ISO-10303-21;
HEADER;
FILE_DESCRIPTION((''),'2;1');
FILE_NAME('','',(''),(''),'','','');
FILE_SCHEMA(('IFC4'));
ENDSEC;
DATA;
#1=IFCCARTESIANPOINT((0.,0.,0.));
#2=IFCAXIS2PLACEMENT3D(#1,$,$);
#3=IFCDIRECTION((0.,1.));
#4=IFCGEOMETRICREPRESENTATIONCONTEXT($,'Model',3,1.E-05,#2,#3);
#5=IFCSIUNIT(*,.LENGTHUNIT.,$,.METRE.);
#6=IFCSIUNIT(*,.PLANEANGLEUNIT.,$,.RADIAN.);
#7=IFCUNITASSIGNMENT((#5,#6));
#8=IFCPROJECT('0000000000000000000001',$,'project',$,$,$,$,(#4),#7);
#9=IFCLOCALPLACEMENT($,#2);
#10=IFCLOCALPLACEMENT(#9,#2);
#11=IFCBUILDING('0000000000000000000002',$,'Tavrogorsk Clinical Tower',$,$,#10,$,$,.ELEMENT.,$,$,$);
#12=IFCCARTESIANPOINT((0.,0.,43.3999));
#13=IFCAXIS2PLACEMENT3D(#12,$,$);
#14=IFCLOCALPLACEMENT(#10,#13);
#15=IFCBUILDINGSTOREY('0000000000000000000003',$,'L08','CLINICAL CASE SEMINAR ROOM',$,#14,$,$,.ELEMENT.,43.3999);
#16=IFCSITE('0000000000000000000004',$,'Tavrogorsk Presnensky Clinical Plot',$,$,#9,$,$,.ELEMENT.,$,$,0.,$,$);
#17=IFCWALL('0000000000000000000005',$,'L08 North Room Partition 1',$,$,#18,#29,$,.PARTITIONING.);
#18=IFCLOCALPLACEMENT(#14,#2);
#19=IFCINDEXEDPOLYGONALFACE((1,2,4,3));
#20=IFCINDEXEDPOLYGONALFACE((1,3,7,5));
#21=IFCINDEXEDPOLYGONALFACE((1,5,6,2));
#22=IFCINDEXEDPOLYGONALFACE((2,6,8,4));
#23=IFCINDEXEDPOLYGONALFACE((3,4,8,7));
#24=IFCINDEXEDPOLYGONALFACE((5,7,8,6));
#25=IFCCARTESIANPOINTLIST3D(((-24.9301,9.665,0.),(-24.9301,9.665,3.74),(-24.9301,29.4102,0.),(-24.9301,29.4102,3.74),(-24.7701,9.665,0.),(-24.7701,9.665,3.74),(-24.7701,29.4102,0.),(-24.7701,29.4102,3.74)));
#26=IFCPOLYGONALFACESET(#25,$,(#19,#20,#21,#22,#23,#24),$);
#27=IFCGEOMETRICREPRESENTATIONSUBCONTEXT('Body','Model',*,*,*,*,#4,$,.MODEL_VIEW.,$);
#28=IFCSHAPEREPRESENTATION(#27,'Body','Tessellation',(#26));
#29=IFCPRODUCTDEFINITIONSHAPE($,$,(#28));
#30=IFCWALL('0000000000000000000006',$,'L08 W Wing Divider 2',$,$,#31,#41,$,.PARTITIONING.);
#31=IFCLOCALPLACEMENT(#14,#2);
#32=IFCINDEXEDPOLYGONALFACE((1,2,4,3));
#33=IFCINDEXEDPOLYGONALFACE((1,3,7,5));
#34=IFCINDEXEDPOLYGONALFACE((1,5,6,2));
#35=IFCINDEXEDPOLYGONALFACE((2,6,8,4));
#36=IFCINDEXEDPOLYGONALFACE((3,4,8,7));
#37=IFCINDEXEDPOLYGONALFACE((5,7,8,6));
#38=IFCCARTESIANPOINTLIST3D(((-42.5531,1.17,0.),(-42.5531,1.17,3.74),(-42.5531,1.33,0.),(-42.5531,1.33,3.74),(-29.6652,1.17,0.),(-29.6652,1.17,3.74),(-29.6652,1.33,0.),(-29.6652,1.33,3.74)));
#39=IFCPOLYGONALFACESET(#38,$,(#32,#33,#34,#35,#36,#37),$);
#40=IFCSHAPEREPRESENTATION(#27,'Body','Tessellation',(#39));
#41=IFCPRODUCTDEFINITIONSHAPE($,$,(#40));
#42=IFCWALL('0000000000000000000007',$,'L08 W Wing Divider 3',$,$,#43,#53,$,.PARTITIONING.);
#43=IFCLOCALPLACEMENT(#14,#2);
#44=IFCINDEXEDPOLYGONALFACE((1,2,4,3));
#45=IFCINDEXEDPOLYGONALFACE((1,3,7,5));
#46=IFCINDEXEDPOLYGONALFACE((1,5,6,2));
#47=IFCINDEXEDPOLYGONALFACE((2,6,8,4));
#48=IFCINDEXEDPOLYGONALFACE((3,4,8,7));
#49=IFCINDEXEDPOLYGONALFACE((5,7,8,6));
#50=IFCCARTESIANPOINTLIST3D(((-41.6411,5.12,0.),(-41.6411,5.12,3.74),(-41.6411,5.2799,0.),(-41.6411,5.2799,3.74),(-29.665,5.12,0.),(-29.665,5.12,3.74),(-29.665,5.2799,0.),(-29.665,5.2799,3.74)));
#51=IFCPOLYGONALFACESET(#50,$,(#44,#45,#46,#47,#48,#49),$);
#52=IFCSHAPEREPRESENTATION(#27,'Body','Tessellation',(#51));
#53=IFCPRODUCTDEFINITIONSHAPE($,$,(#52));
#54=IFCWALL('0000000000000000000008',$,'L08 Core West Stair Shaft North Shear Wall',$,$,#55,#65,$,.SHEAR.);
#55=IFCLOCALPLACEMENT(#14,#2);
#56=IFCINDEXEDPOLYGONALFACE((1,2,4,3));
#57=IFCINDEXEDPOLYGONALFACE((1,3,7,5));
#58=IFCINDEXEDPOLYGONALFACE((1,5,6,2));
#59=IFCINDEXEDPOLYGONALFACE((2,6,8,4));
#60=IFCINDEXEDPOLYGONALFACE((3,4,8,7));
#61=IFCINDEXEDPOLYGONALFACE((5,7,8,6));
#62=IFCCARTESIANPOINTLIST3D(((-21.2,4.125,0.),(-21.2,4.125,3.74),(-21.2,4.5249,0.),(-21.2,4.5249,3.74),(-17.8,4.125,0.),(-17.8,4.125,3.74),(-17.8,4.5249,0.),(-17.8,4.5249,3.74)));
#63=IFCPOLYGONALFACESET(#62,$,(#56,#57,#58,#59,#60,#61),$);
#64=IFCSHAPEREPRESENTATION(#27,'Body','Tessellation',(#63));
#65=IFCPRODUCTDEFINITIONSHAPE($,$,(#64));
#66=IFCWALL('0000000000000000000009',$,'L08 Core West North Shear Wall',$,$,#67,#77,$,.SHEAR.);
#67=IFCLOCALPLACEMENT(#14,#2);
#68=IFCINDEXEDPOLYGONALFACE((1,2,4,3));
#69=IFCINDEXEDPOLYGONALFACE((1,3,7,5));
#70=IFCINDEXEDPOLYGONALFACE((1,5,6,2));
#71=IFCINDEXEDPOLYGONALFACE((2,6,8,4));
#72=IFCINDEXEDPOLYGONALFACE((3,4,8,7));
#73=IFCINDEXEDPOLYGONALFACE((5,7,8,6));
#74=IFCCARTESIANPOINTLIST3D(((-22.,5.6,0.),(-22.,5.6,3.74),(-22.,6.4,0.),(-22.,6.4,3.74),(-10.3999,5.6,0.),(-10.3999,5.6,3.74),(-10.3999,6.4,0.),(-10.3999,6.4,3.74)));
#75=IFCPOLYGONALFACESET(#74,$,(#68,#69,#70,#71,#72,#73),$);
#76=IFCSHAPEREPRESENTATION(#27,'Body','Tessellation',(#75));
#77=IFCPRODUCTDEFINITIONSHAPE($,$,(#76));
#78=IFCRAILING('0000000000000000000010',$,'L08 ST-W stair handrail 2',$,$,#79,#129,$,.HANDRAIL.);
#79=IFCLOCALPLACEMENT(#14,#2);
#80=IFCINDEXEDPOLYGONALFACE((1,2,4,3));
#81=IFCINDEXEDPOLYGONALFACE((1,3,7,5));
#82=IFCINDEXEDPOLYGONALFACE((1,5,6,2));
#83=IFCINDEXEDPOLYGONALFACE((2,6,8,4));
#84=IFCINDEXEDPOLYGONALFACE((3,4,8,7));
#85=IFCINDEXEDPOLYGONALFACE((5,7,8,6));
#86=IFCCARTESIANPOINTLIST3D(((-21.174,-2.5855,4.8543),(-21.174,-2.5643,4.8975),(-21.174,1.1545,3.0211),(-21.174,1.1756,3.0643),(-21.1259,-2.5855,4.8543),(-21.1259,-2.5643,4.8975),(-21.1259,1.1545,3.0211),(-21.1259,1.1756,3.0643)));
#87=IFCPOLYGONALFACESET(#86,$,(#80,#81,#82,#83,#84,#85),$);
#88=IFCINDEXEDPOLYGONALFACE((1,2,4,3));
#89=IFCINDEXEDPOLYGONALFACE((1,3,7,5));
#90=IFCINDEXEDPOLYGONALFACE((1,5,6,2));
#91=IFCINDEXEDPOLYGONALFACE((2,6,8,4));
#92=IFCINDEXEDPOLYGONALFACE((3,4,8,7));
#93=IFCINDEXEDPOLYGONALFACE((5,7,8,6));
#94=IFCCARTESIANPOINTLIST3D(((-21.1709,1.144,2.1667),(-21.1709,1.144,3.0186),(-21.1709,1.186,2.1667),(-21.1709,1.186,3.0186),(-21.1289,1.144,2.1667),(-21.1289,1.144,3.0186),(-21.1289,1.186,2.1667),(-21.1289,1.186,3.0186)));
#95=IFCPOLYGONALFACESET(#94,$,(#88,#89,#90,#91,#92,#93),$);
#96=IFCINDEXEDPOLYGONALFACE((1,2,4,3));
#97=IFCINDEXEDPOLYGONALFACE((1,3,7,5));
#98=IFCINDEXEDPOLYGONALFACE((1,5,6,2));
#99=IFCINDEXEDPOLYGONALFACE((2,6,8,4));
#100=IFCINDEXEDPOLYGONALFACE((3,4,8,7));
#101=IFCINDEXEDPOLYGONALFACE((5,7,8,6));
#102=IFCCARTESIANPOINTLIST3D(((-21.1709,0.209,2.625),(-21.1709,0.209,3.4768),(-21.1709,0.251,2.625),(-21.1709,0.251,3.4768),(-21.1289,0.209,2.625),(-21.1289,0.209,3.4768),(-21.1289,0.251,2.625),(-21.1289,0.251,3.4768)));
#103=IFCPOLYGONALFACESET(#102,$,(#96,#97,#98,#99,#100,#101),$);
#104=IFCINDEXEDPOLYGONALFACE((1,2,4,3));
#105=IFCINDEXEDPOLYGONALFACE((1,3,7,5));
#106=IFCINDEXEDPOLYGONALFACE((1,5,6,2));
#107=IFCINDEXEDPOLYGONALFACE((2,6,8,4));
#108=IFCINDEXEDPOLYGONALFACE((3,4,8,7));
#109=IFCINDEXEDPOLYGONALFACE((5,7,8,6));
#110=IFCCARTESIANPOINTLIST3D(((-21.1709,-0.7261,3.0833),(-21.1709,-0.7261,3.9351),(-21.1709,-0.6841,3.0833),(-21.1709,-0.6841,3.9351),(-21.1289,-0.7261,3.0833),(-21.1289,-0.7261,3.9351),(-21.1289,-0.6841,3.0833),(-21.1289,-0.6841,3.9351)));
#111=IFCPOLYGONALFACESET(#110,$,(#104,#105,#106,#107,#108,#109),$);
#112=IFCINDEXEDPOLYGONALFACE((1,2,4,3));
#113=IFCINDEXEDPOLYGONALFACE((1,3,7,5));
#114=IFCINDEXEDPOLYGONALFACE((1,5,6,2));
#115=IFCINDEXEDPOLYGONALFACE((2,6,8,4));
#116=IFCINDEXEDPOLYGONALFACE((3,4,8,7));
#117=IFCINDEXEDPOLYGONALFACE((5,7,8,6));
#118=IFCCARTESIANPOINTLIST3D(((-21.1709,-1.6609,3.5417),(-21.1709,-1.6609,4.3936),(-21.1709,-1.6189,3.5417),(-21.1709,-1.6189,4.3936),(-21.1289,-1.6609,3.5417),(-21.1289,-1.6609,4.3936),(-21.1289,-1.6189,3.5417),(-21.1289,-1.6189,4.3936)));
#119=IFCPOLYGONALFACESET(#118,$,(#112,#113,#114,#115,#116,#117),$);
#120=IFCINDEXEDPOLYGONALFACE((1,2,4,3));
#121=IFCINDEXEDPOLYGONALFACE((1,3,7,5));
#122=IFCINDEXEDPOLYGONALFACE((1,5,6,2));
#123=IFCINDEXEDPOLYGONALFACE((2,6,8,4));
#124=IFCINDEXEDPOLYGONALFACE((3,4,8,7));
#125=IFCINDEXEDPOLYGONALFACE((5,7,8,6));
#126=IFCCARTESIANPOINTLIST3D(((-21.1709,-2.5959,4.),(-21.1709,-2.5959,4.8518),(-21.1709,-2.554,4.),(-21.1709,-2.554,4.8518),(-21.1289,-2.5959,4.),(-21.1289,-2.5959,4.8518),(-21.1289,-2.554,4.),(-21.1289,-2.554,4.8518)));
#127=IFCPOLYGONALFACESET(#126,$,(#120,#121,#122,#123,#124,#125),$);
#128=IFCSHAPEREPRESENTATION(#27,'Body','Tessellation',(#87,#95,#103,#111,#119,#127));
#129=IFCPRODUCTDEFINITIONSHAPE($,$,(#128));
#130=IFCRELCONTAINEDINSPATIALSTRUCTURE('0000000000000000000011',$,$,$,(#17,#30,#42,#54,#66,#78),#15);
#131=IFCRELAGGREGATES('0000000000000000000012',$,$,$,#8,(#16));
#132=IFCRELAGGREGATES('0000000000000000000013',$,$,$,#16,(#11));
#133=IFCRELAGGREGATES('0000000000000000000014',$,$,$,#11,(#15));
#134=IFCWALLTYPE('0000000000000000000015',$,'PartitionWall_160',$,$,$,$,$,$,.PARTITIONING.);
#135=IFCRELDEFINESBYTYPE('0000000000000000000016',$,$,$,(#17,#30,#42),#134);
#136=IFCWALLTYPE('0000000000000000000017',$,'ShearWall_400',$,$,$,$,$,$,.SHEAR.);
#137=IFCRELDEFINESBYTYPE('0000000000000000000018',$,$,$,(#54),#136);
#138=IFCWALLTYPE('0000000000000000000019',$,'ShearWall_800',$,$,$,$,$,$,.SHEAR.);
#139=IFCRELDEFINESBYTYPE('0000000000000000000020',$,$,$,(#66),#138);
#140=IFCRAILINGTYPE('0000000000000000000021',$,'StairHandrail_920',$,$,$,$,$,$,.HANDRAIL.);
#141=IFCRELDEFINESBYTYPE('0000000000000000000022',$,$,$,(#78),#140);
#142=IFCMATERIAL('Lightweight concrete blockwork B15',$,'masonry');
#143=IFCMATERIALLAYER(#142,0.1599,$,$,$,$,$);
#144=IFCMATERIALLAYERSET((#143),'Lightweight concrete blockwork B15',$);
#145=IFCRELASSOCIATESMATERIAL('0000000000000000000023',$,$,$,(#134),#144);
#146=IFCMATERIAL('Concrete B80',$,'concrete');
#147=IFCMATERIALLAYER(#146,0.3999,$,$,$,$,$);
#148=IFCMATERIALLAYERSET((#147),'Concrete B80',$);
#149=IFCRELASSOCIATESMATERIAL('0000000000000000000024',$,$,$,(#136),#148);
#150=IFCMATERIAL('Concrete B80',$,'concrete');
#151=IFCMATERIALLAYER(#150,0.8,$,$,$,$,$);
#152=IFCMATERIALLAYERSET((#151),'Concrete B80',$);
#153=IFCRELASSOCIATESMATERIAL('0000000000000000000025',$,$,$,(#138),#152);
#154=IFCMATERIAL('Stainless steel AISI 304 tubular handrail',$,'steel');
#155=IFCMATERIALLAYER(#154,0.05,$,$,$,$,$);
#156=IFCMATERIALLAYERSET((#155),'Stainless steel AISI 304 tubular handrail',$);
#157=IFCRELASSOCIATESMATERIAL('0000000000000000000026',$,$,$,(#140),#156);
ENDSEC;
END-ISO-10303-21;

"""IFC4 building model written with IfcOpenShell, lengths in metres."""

from ifc_helpers import new_model, si_unit, direction, frame, frame_2d, origin, origin_2d, place, context, subcontext, project, spatial, rectangle, extrude, material, layer, layer_set, type_object, element, save


model = new_model("IFC4")

# Units and contexts
model_context = context("Model", 3, precision=1e-05, world=origin(), true_north=direction((0.0, 1.0)))
body_context = subcontext(model_context, "Body", "Model", "MODEL_VIEW")
ifc_project = project(units=[si_unit("LENGTHUNIT", "METRE"), si_unit("PLANEANGLEUNIT", "RADIAN")], contexts=[model_context])

# Site, building, storey
site_placement = place(None, origin())
site = spatial("IfcSite", under=ifc_project, at=site_placement, Name="Tavrogorsk Presnensky Clinical Plot", CompositionType="ELEMENT", RefElevation=0.0)
building_placement = place(site_placement, origin())
building = spatial("IfcBuilding", under=site, at=building_placement, Name="Tavrogorsk Clinical Tower", CompositionType="ELEMENT")
storey_placement = place(building_placement, frame((0.0, 0.0, 43.3999)))
storey = spatial("IfcBuildingStorey", under=building, at=storey_placement, Name="L08", Description="CLINICAL CASE SEMINAR ROOM", CompositionType="ELEMENT", Elevation=43.3999)

# Shared definitions
ifc_material_1 = material(Name="Lightweight concrete blockwork B15", Category="masonry")
ifc_layer_1 = layer(ifc_material_1, 0.1599)
ifc_layer_set_1 = layer_set([ifc_layer_1], Name="Lightweight concrete blockwork B15")
wall_type_1 = type_object("IfcWallType", Name="PartitionWall_160", PredefinedType="PARTITIONING", material=ifc_layer_set_1)

# Walls
wall_1_placement = place(storey_placement, frame((-24.8501, 9.665, 0.0), z_axis=(0.0, 0.0, 1.0), x_axis=(0.0, 1.0, 0.0)))
element("IfcWall", 1, at=wall_1_placement, inside=storey, type_object=wall_type_1, Name="L08 North Room Partition 1", PredefinedType="PARTITIONING", context=body_context, shape_type="SweptSolid", body=[
    extrude(rectangle(XDim=19.7451, YDim=0.1599, at=frame_2d((9.8726, 0.0))), origin(), (0.0, 0.0, 1.0), 3.74),
])
wall_2_placement = place(storey_placement, frame((-42.553, 1.25, 0.0), z_axis=(0.0, 0.0, 1.0), x_axis=(1.0, 0.0, 0.0)))
element("IfcWall", 2, at=wall_2_placement, inside=storey, type_object=wall_type_1, Name="L08 W Wing Divider 2", PredefinedType="PARTITIONING", context=body_context, shape_type="SweptSolid", body=[
    extrude(rectangle(XDim=12.8879, YDim=0.1599, at=frame_2d((6.4438, 0.0))), origin(), (0.0, 0.0, 1.0), 3.74),
])
wall_3_placement = place(storey_placement, frame((-41.6411, 5.2, 0.0), z_axis=(0.0, 0.0, 1.0), x_axis=(1.0, 0.0, 0.0)))
element("IfcWall", 3, at=wall_3_placement, inside=storey, type_object=wall_type_1, Name="L08 W Wing Divider 3", PredefinedType="PARTITIONING", context=body_context, shape_type="SweptSolid", body=[
    extrude(rectangle(XDim=11.9761, YDim=0.1599, at=frame_2d((5.988, 0.0))), origin(), (0.0, 0.0, 1.0), 3.74),
])
ifc_material_2 = material(Name="Concrete B80", Category="concrete")
ifc_layer_2 = layer(ifc_material_2, 0.3999)
ifc_layer_set_2 = layer_set([ifc_layer_2], Name="Concrete B80")
wall_type_2 = type_object("IfcWallType", Name="ShearWall_400", PredefinedType="SHEAR", material=ifc_layer_set_2)
wall_4_placement = place(storey_placement, frame((-21.2, 4.325, 0.0), z_axis=(0.0, 0.0, 1.0), x_axis=(1.0, 0.0, 0.0)))
element("IfcWall", 4, at=wall_4_placement, inside=storey, type_object=wall_type_2, Name="L08 Core West Stair Shaft North Shear Wall", PredefinedType="SHEAR", context=body_context, shape_type="SweptSolid", body=[
    extrude(rectangle(XDim=3.3999, YDim=0.3999, at=frame_2d((1.7, 0.0))), origin(), (0.0, 0.0, 1.0), 3.74),
])
ifc_material_3 = material(Name="Concrete B80", Category="concrete")
ifc_layer_3 = layer(ifc_material_3, 0.8)
ifc_layer_set_3 = layer_set([ifc_layer_3], Name="Concrete B80")
wall_type_3 = type_object("IfcWallType", Name="ShearWall_800", PredefinedType="SHEAR", material=ifc_layer_set_3)
wall_5_placement = place(storey_placement, frame((-22.0, 6.0, 0.0), z_axis=(0.0, 0.0, 1.0), x_axis=(1.0, 0.0, 0.0)))
element("IfcWall", 5, at=wall_5_placement, inside=storey, type_object=wall_type_3, Name="L08 Core West North Shear Wall", PredefinedType="SHEAR", context=body_context, shape_type="SweptSolid", body=[
    extrude(rectangle(XDim=11.6001, YDim=0.8, at=frame_2d((5.8, 0.0))), origin(), (0.0, 0.0, 1.0), 3.74),
])

# Railing
ifc_material_4 = material(Name="Stainless steel AISI 304 tubular handrail", Category="steel")
ifc_layer_4 = layer(ifc_material_4, 0.05)
ifc_layer_set_4 = layer_set([ifc_layer_4], Name="Stainless steel AISI 304 tubular handrail")
railing_type = type_object("IfcRailingType", Name="StairHandrail_920", PredefinedType="HANDRAIL", material=ifc_layer_set_4)
railing_placement = place(storey_placement, frame((-21.1499, 1.165, 2.1667)))
element("IfcRailing", 6, at=railing_placement, inside=storey, type_object=railing_type, Name="L08 ST-W stair handrail 2", PredefinedType="HANDRAIL", context=body_context, shape_type="SweptSolid", body=[
    extrude(rectangle(XDim=0.0481, YDim=0.0481, at=origin_2d()), frame((0.0, 0.0, 0.876), z_axis=(0.0, -0.897928, 0.440142), x_axis=(1.0, 0.0, 0.0)), (0.0, 0.0, 1.0), 4.165),
    extrude(rectangle(XDim=0.042, YDim=0.042, at=origin_2d()), origin(), (0.0, 0.0, 1.0), 0.8518),
    extrude(rectangle(XDim=0.042, YDim=0.042, at=origin_2d()), frame((0.0, -0.9351, 0.4583)), (0.0, 0.0, 1.0), 0.8518),
    extrude(rectangle(XDim=0.042, YDim=0.042, at=origin_2d()), frame((0.0, -1.8701, 0.9165)), (0.0, 0.0, 1.0), 0.8518),
    extrude(rectangle(XDim=0.042, YDim=0.042, at=origin_2d()), frame((0.0, -2.8049, 1.375)), (0.0, 0.0, 1.0), 0.8518),
    extrude(rectangle(XDim=0.042, YDim=0.042, at=origin_2d()), frame((0.0, -3.74, 1.8333)), (0.0, 0.0, 1.0), 0.8518),
])

save(model, "model.ifc")
